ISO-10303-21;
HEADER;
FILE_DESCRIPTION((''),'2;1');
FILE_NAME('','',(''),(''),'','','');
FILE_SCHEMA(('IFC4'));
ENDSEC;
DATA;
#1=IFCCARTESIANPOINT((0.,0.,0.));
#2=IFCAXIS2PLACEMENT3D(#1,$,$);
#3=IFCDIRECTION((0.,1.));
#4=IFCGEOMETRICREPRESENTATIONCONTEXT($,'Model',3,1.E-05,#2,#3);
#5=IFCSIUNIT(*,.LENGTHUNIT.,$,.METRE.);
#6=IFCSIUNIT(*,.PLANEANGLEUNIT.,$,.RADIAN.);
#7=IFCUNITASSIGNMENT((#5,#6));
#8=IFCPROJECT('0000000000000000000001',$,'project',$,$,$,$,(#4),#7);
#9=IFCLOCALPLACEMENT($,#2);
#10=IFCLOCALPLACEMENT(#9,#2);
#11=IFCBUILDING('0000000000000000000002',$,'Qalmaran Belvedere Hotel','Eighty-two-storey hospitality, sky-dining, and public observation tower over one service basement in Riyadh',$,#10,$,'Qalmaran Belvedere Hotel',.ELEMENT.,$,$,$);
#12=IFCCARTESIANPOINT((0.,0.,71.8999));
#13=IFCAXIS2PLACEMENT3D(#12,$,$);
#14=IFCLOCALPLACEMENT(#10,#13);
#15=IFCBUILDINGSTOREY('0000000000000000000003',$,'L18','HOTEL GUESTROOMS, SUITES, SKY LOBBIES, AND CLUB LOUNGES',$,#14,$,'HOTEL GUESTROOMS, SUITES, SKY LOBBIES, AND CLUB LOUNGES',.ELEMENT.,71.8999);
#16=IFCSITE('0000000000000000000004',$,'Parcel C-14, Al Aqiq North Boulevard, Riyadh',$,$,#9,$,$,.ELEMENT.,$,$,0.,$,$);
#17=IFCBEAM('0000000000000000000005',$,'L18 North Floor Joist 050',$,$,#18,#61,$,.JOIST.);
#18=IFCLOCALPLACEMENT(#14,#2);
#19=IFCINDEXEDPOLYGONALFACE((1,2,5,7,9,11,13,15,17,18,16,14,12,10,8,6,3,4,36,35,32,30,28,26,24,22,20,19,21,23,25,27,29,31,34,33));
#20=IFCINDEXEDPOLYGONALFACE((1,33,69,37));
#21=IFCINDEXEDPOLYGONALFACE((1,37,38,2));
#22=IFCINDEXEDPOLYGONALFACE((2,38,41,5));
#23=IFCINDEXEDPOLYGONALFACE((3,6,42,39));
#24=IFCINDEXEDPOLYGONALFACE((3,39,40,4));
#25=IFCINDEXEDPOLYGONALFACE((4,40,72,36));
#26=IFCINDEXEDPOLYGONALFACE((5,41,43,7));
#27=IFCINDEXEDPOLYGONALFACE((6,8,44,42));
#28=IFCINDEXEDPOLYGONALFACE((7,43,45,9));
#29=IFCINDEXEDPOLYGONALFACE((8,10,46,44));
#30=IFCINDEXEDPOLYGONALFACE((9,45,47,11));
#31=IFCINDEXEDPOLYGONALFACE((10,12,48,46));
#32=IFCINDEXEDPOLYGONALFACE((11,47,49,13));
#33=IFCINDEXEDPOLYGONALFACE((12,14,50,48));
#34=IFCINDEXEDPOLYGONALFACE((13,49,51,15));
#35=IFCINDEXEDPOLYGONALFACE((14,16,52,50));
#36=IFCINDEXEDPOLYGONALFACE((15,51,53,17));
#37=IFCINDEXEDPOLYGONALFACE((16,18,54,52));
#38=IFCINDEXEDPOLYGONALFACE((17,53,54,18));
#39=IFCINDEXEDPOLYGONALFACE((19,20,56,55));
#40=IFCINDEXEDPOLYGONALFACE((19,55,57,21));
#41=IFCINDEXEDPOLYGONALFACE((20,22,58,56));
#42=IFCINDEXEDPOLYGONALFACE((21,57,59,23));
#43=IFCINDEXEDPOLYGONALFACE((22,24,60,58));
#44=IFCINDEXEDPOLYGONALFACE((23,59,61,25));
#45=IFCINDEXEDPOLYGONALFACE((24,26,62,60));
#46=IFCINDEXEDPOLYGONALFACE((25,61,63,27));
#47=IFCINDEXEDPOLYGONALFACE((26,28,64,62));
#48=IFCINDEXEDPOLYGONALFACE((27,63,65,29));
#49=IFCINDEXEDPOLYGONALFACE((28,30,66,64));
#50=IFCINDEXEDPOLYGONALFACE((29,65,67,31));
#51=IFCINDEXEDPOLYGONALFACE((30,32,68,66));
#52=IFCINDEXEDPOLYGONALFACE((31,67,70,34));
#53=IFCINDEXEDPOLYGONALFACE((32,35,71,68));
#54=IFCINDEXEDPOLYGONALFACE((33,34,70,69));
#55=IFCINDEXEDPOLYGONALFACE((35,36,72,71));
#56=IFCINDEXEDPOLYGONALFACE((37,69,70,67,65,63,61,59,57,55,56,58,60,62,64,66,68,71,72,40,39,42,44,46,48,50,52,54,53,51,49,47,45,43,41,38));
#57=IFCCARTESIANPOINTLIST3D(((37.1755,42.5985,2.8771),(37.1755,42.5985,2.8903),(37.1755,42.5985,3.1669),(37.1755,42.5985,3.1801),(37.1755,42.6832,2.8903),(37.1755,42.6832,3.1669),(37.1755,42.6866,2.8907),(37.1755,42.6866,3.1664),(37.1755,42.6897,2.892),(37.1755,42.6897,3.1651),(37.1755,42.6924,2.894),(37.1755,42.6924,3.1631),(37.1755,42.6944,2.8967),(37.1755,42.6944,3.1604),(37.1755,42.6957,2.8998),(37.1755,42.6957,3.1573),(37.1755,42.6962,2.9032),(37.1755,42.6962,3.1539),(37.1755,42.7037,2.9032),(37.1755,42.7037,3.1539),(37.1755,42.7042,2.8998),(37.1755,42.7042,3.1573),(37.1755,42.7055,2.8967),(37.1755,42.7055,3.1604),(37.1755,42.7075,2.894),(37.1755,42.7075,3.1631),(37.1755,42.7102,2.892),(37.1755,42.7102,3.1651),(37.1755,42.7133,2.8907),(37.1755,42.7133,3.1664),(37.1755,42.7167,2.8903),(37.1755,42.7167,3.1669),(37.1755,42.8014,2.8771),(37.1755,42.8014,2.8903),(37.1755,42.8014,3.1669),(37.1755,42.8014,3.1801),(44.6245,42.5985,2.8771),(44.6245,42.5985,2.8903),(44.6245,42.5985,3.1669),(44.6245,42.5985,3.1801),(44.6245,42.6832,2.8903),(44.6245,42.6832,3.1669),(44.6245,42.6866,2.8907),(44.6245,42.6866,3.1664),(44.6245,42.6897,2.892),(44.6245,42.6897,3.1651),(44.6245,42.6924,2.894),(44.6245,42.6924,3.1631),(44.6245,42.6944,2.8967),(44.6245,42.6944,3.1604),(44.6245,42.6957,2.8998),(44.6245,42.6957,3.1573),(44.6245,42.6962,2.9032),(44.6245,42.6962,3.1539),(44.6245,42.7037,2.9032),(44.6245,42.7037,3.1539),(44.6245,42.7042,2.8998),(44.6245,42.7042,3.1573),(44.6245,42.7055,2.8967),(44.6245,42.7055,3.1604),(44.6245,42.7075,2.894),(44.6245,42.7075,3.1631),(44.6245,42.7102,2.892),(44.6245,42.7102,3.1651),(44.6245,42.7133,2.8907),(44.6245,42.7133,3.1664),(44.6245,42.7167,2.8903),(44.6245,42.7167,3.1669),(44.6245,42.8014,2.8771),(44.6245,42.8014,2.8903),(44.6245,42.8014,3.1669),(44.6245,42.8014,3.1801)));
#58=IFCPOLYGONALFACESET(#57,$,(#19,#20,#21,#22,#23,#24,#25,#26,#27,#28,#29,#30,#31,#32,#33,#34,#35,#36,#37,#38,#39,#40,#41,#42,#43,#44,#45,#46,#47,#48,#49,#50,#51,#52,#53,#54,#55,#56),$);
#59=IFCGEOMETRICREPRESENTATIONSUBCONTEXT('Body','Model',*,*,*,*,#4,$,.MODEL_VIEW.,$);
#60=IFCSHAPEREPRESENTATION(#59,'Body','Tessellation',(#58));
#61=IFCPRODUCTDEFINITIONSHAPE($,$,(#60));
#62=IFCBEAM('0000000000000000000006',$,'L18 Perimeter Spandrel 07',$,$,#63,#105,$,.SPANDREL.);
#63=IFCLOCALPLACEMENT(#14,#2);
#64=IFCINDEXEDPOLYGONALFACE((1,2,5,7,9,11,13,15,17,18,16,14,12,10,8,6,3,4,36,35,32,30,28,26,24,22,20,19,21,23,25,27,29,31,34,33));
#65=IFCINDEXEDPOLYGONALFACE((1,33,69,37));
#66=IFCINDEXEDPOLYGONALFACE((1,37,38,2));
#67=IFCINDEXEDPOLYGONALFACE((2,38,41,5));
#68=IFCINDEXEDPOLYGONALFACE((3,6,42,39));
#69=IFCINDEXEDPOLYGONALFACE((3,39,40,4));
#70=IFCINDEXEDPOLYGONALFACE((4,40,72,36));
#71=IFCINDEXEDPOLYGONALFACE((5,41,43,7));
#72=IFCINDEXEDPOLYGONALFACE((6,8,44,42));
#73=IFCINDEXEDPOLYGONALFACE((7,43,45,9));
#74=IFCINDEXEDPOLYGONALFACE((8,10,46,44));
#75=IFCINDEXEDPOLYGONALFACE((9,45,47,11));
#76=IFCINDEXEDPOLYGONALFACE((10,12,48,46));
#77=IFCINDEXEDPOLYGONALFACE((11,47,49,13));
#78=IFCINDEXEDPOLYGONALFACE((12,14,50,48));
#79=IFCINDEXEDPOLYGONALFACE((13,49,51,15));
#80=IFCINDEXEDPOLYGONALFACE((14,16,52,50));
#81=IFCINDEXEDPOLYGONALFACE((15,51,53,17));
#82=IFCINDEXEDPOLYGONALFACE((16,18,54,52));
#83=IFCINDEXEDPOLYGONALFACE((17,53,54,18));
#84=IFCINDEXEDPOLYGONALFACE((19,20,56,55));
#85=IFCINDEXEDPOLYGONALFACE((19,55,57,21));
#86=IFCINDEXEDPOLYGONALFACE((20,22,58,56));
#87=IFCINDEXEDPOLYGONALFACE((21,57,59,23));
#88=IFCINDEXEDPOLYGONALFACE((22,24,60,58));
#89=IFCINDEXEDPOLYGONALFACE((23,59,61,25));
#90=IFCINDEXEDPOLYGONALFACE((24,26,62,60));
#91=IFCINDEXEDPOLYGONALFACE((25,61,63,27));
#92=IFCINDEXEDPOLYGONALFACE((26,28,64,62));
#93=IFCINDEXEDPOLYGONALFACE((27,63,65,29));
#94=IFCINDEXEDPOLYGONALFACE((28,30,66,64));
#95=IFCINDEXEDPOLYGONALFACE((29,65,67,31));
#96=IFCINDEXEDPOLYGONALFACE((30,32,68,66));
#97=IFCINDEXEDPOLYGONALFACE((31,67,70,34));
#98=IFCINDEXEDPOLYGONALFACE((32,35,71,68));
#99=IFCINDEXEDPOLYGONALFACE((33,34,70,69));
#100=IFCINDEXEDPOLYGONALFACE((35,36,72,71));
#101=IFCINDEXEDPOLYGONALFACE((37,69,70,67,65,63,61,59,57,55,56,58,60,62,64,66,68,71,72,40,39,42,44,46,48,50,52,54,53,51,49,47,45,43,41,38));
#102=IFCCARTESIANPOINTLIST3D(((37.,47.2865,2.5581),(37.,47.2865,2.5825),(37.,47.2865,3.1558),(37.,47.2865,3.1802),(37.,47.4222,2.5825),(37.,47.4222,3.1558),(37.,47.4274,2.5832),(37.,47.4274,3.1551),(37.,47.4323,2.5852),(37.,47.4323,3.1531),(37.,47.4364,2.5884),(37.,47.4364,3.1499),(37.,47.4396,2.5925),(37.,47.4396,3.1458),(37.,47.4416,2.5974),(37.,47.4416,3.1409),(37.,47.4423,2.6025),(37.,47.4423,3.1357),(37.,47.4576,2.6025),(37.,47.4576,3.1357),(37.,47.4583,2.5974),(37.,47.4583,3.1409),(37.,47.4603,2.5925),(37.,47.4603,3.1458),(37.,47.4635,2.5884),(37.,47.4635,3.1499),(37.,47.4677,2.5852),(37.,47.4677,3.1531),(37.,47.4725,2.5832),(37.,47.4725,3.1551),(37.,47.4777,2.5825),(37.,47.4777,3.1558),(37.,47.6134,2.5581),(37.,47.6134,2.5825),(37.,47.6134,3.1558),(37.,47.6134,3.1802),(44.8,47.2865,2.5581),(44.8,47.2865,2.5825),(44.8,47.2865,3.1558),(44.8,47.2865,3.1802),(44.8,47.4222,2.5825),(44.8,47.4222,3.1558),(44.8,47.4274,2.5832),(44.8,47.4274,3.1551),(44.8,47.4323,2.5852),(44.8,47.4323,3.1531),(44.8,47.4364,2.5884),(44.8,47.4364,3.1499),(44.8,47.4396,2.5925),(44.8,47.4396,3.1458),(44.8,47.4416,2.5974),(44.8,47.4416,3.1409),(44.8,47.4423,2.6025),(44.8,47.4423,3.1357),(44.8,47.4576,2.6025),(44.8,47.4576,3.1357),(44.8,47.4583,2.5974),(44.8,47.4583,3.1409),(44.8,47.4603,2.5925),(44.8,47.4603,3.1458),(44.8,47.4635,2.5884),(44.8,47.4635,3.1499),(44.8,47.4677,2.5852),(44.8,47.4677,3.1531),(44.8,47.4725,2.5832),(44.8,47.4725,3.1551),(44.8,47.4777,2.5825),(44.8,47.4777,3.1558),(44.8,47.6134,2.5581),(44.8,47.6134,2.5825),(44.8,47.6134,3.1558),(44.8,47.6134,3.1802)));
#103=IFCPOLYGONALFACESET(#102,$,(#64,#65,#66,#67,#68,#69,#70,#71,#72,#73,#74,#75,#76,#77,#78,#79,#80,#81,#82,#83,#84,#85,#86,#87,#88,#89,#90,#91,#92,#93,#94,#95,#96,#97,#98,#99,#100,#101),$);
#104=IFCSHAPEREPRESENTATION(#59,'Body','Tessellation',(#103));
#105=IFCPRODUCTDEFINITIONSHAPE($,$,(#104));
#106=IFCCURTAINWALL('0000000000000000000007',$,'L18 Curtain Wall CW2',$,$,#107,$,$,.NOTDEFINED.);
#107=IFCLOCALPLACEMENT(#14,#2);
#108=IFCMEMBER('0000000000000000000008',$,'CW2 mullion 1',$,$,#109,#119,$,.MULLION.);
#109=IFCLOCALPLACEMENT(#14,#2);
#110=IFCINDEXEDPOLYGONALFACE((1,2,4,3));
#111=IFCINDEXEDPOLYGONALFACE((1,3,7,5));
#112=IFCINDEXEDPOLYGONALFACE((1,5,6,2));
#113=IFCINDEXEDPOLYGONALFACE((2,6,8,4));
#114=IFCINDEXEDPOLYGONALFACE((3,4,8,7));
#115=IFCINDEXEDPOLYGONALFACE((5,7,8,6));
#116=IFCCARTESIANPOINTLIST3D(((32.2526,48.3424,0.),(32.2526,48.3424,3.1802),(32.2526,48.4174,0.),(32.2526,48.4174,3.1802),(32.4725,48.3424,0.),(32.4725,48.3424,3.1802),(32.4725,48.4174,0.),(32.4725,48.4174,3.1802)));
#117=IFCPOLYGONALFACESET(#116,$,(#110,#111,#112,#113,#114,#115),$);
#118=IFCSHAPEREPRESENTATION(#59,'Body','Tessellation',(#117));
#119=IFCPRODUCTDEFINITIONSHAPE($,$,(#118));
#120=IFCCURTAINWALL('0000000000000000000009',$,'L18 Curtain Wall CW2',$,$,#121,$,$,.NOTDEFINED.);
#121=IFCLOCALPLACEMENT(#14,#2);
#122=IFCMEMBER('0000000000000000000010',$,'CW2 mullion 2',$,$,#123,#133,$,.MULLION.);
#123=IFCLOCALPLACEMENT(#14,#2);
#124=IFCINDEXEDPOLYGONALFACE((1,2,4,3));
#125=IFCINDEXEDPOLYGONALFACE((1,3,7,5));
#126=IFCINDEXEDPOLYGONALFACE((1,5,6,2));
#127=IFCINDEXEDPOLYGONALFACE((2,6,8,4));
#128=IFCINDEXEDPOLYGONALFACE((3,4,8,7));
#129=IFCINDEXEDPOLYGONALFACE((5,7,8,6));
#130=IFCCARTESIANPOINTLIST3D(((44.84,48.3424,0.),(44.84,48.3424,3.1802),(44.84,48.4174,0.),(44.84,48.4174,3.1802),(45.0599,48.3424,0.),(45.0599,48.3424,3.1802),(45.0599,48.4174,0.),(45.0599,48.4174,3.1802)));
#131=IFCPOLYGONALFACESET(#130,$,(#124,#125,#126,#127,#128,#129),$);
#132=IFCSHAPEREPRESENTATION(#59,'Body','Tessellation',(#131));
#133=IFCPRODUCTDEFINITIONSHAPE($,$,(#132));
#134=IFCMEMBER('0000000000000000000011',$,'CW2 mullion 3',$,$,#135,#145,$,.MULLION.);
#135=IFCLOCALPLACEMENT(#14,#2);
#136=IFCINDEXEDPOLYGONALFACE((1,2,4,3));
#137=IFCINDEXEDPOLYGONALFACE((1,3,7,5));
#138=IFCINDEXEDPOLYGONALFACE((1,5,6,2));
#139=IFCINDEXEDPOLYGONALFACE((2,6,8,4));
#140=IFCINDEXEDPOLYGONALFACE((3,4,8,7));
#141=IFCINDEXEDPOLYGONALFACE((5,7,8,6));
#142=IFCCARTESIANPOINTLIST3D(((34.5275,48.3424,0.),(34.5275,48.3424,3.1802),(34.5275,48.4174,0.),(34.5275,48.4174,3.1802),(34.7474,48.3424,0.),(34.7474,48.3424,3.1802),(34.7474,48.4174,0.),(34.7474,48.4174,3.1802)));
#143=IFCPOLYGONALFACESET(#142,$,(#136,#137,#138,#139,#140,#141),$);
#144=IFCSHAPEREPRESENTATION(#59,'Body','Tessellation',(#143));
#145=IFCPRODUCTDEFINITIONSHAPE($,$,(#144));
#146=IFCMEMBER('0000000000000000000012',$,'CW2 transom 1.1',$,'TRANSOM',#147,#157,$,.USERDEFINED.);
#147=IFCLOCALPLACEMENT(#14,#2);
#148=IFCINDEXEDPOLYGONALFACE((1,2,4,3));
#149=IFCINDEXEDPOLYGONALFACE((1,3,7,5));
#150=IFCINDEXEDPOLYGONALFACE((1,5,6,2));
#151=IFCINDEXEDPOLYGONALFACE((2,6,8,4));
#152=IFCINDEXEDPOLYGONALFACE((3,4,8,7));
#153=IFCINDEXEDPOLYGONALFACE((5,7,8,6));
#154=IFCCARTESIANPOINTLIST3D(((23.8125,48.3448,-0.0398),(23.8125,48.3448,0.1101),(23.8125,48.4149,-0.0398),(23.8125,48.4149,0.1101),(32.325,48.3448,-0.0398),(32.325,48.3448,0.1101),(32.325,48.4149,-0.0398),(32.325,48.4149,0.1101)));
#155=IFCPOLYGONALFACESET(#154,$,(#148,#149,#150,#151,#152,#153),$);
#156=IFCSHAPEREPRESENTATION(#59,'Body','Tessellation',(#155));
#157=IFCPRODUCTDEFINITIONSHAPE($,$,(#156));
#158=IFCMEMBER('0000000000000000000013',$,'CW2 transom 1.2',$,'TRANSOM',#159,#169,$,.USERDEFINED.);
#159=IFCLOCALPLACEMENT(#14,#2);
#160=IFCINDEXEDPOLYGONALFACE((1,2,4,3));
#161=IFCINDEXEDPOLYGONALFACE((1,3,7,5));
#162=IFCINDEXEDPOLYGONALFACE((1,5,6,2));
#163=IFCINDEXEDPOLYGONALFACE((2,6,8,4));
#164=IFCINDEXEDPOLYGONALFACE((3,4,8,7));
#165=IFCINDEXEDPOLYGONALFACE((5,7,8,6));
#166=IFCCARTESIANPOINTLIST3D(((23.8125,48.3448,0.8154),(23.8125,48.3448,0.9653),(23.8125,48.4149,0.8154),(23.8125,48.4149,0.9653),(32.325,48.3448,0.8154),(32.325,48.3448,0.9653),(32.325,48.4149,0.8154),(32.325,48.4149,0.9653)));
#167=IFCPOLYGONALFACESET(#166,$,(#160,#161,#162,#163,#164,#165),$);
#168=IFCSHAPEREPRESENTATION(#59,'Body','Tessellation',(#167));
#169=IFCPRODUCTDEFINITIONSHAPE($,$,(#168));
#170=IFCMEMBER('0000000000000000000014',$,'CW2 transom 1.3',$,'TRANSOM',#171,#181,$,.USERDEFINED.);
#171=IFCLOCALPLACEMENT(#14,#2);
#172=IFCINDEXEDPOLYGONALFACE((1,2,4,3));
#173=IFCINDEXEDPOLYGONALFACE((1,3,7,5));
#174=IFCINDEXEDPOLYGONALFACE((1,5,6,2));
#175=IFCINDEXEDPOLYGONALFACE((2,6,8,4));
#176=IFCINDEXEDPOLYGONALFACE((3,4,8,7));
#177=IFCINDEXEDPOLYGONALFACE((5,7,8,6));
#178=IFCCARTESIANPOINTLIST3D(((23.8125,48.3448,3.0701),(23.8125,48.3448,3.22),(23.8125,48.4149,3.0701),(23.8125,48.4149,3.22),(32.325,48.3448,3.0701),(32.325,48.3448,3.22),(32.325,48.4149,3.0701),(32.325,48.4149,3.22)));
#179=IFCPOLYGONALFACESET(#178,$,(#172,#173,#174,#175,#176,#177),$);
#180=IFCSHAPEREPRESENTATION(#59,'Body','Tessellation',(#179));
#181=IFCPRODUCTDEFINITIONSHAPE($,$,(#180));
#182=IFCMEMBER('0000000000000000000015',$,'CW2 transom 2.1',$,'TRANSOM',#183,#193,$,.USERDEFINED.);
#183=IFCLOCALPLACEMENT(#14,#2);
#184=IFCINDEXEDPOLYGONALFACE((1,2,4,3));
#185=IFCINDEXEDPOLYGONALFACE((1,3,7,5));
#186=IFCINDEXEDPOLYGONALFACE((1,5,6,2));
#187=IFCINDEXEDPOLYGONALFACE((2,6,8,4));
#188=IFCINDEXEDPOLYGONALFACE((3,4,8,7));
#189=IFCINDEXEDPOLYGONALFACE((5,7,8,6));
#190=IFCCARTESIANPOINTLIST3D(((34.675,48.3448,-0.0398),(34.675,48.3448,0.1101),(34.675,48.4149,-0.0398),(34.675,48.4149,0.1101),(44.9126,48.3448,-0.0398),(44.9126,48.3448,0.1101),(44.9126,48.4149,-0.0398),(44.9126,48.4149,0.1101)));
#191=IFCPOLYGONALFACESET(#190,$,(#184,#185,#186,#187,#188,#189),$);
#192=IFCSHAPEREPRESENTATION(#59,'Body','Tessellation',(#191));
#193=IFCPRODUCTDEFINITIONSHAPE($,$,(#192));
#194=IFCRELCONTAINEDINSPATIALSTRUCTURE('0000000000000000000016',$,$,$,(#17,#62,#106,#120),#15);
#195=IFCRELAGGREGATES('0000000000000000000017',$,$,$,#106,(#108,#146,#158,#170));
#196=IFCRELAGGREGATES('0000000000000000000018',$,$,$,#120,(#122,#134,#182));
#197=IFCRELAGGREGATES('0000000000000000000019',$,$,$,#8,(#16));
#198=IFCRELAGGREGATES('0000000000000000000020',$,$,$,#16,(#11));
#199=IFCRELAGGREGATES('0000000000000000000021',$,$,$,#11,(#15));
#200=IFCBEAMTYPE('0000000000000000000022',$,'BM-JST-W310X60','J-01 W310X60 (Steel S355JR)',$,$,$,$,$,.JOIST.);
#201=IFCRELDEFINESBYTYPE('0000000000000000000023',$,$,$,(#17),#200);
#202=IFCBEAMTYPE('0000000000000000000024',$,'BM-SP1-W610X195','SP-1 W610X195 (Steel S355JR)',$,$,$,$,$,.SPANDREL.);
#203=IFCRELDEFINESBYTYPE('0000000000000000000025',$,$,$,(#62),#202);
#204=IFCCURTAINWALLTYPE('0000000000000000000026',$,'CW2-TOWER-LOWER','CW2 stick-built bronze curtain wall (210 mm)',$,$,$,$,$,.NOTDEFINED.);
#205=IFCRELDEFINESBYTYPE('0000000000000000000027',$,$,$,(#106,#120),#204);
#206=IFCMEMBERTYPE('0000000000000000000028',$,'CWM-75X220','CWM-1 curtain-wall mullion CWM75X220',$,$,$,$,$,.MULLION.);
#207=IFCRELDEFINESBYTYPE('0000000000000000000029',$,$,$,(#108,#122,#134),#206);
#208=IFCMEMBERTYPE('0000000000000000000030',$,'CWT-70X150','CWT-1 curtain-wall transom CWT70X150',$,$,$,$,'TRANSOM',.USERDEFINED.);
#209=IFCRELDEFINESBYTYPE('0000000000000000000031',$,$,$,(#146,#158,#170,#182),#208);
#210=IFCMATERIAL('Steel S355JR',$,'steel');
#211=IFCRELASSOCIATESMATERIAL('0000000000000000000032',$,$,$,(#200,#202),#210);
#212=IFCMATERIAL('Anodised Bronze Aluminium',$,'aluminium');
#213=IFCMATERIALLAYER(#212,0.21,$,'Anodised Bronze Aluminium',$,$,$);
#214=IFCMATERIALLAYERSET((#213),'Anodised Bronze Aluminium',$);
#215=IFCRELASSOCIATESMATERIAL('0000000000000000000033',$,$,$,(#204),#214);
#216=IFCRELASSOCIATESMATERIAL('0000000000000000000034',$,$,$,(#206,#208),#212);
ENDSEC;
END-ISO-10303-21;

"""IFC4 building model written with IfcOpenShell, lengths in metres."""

from ifc_helpers import new_model, si_unit, direction, frame, origin, origin_2d, place, context, subcontext, project, spatial, rectangle, i_section, extrude, material, layer, layer_set, material_profile, profile_set, type_object, element, aggregate, save


model = new_model("IFC4")

# Units and contexts
model_context = context("Model", 3, precision=1e-05, world=origin(), true_north=direction((0.0, 1.0)))
body_context = subcontext(model_context, "Body", "Model", "MODEL_VIEW")
ifc_project = project(units=[si_unit("LENGTHUNIT", "METRE"), si_unit("PLANEANGLEUNIT", "RADIAN")], contexts=[model_context])

# Site, building, storey
site_placement = place(None, origin())
site = spatial("IfcSite", under=ifc_project, at=site_placement, Name="Parcel C-14, Al Aqiq North Boulevard, Riyadh", CompositionType="ELEMENT", RefElevation=0.0)
building_placement = place(site_placement, origin())
building = spatial("IfcBuilding", under=site, at=building_placement, Name="Qalmaran Belvedere Hotel", Description="Eighty-two-storey hospitality, sky-dining, and public observation tower over one service basement in Riyadh", LongName="Qalmaran Belvedere Hotel", CompositionType="ELEMENT")
storey_placement = place(building_placement, frame((0.0, 0.0, 71.8999)))
storey = spatial("IfcBuildingStorey", under=building, at=storey_placement, Name="L18", Description="HOTEL GUESTROOMS, SUITES, SKY LOBBIES, AND CLUB LOUNGES", LongName="HOTEL GUESTROOMS, SUITES, SKY LOBBIES, AND CLUB LOUNGES", CompositionType="ELEMENT", Elevation=71.8999)

# Beams
ifc_material_1 = material(Name="Steel S355JR", Category="steel")
ifc_material_profile_1 = material_profile(ifc_material_1, i_section(OverallWidth=0.2029, OverallDepth=0.303, WebThickness=0.0076, FlangeThickness=0.0132, FilletRadius=0.0129, at=origin_2d()), Name="W310X60")
ifc_profile_set_1 = profile_set([ifc_material_profile_1], Name="Steel S355JR")
beam_type_1 = type_object("IfcBeamType", Name="BM-JST-W310X60", Description="J-01 W310X60 (Steel S355JR)", PredefinedType="JOIST", material=ifc_profile_set_1)
for number, where, z_axis, x_axis, name in (
    (1, (37.1755, 42.7, 3.0286), (1.0, 0.0, 0.0), (0.0, 1.0, 0.0), "L18 North Floor Joist 050"),
):
    element("IfcBeam", number, at=place(storey_placement, frame(where, z_axis=z_axis, x_axis=x_axis)), inside=storey, type_object=beam_type_1, Name=name, PredefinedType="JOIST", context=body_context, shape_type="SweptSolid", body=[
        extrude(i_section(OverallWidth=0.2029, OverallDepth=0.303, WebThickness=0.0076, FlangeThickness=0.0132, FilletRadius=0.0129, at=origin_2d()), origin(), (0.0, 0.0, 1.0), 7.449),
    ])
ifc_material_profile_2 = material_profile(ifc_material_1, i_section(OverallWidth=0.3269, OverallDepth=0.6221, WebThickness=0.0154, FlangeThickness=0.0244, FilletRadius=0.02, at=origin_2d()), Name="W610X195")
ifc_profile_set_2 = profile_set([ifc_material_profile_2], Name="Steel S355JR")
beam_type_2 = type_object("IfcBeamType", Name="BM-SP1-W610X195", Description="SP-1 W610X195 (Steel S355JR)", PredefinedType="SPANDREL", material=ifc_profile_set_2)
beam_placement = place(storey_placement, frame((37.0, 47.45, 2.8691), z_axis=(1.0, 0.0, 0.0), x_axis=(0.0, 1.0, 0.0)))
element("IfcBeam", 2, at=beam_placement, inside=storey, type_object=beam_type_2, Name="L18 Perimeter Spandrel 07", PredefinedType="SPANDREL", context=body_context, shape_type="SweptSolid", body=[
    extrude(i_section(OverallWidth=0.3269, OverallDepth=0.6221, WebThickness=0.0154, FlangeThickness=0.0244, FilletRadius=0.02, at=origin_2d()), origin(), (0.0, 0.0, 1.0), 7.8),
])

# Curtain wall, member
ifc_material_2 = material(Name="Anodised Bronze Aluminium", Category="aluminium")
ifc_layer_1 = layer(ifc_material_2, 0.21, Name="Anodised Bronze Aluminium")
ifc_layer_set_1 = layer_set([ifc_layer_1], Name="Anodised Bronze Aluminium")
curtain_wall_type = type_object("IfcCurtainWallType", Name="CW2-TOWER-LOWER", Description="CW2 stick-built bronze curtain wall (210 mm)", PredefinedType="NOTDEFINED", material=ifc_layer_set_1)
curtain_wall_1_placement = place(storey_placement, origin())
curtain_wall_1 = element("IfcCurtainWall", 3, at=curtain_wall_1_placement, inside=storey, type_object=curtain_wall_type, Name="L18 Curtain Wall CW2", PredefinedType="NOTDEFINED")
ifc_material_profile_3 = material_profile(ifc_material_2, rectangle(XDim=0.075, YDim=0.22, at=origin_2d()), Name="CWM75X220")
ifc_profile_set_3 = profile_set([ifc_material_profile_3], Name="Anodised Bronze Aluminium")
member_type_1 = type_object("IfcMemberType", Name="CWM-75X220", Description="CWM-1 curtain-wall mullion CWM75X220", PredefinedType="MULLION", material=ifc_profile_set_3)
member_1_placement = place(storey_placement, frame((32.3625, 48.3799, 0.0), z_axis=(0.0, 0.0, 1.0), x_axis=(0.0, -1.0, 0.0)))
member_1 = element("IfcMember", 4, at=member_1_placement, type_object=member_type_1, Name="CW2 mullion 1", PredefinedType="MULLION", context=body_context, shape_type="SweptSolid", body=[
    extrude(rectangle(XDim=0.075, YDim=0.22, at=origin_2d()), origin(), (0.0, 0.0, 1.0), 3.1802),
])

# Curtain wall, members
curtain_wall_2_placement = place(storey_placement, origin())
curtain_wall_2 = element("IfcCurtainWall", 5, at=curtain_wall_2_placement, inside=storey, type_object=curtain_wall_type, Name="L18 Curtain Wall CW2", PredefinedType="NOTDEFINED")
member_2_placement = place(storey_placement, frame((44.95, 48.3799, 0.0), z_axis=(0.0, 0.0, 1.0), x_axis=(0.0, -1.0, 0.0)))
member_2 = element("IfcMember", 6, at=member_2_placement, type_object=member_type_1, Name="CW2 mullion 2", PredefinedType="MULLION", context=body_context, shape_type="SweptSolid", body=[
    extrude(rectangle(XDim=0.075, YDim=0.22, at=origin_2d()), origin(), (0.0, 0.0, 1.0), 3.1802),
])
member_3_placement = place(storey_placement, frame((34.6375, 48.3799, 0.0), z_axis=(0.0, 0.0, 1.0), x_axis=(0.0, -1.0, 0.0)))
member_3 = element("IfcMember", 7, at=member_3_placement, type_object=member_type_1, Name="CW2 mullion 3", PredefinedType="MULLION", context=body_context, shape_type="SweptSolid", body=[
    extrude(rectangle(XDim=0.075, YDim=0.22, at=origin_2d()), origin(), (0.0, 0.0, 1.0), 3.1802),
])

# Members
ifc_material_profile_4 = material_profile(ifc_material_2, rectangle(XDim=0.0701, YDim=0.1499, at=origin_2d()), Name="CWT70X150")
ifc_profile_set_4 = profile_set([ifc_material_profile_4], Name="Anodised Bronze Aluminium")
member_type_2 = type_object("IfcMemberType", Name="CWT-70X150", Description="CWT-1 curtain-wall transom CWT70X150", ElementType="TRANSOM", PredefinedType="USERDEFINED", material=ifc_profile_set_4)
member_4_placement = place(storey_placement, frame((32.325, 48.3799, 0.0352), z_axis=(-1.0, 0.0, 0.0), x_axis=(0.0, -1.0, 0.0)))
member_4 = element("IfcMember", 8, at=member_4_placement, type_object=member_type_2, Name="CW2 transom 1.1", ObjectType="TRANSOM", PredefinedType="USERDEFINED", context=body_context, shape_type="SweptSolid", body=[
    extrude(rectangle(XDim=0.0701, YDim=0.1499, at=origin_2d()), origin(), (0.0, 0.0, 1.0), 8.5125),
])
member_5_placement = place(storey_placement, frame((32.325, 48.3799, 0.8904), z_axis=(-1.0, 0.0, 0.0), x_axis=(0.0, -1.0, 0.0)))
member_5 = element("IfcMember", 9, at=member_5_placement, type_object=member_type_2, Name="CW2 transom 1.2", ObjectType="TRANSOM", PredefinedType="USERDEFINED", context=body_context, shape_type="SweptSolid", body=[
    extrude(rectangle(XDim=0.0701, YDim=0.1499, at=origin_2d()), origin(), (0.0, 0.0, 1.0), 8.5125),
])
member_6_placement = place(storey_placement, frame((32.325, 48.3799, 3.145), z_axis=(-1.0, 0.0, 0.0), x_axis=(0.0, -1.0, 0.0)))
member_6 = element("IfcMember", 10, at=member_6_placement, type_object=member_type_2, Name="CW2 transom 1.3", ObjectType="TRANSOM", PredefinedType="USERDEFINED", context=body_context, shape_type="SweptSolid", body=[
    extrude(rectangle(XDim=0.0701, YDim=0.1499, at=origin_2d()), origin(), (0.0, 0.0, 1.0), 8.5125),
])
aggregate(curtain_wall_1, [member_1, member_4, member_5, member_6])
member_7_placement = place(storey_placement, frame((44.9126, 48.3799, 0.0352), z_axis=(-1.0, 0.0, 0.0), x_axis=(0.0, -1.0, 0.0)))
member_7 = element("IfcMember", 11, at=member_7_placement, type_object=member_type_2, Name="CW2 transom 2.1", ObjectType="TRANSOM", PredefinedType="USERDEFINED", context=body_context, shape_type="SweptSolid", body=[
    extrude(rectangle(XDim=0.0701, YDim=0.1499, at=origin_2d()), origin(), (0.0, 0.0, 1.0), 10.2375),
])

aggregate(curtain_wall_2, [member_2, member_3, member_7])

save(model, "model.ifc")
